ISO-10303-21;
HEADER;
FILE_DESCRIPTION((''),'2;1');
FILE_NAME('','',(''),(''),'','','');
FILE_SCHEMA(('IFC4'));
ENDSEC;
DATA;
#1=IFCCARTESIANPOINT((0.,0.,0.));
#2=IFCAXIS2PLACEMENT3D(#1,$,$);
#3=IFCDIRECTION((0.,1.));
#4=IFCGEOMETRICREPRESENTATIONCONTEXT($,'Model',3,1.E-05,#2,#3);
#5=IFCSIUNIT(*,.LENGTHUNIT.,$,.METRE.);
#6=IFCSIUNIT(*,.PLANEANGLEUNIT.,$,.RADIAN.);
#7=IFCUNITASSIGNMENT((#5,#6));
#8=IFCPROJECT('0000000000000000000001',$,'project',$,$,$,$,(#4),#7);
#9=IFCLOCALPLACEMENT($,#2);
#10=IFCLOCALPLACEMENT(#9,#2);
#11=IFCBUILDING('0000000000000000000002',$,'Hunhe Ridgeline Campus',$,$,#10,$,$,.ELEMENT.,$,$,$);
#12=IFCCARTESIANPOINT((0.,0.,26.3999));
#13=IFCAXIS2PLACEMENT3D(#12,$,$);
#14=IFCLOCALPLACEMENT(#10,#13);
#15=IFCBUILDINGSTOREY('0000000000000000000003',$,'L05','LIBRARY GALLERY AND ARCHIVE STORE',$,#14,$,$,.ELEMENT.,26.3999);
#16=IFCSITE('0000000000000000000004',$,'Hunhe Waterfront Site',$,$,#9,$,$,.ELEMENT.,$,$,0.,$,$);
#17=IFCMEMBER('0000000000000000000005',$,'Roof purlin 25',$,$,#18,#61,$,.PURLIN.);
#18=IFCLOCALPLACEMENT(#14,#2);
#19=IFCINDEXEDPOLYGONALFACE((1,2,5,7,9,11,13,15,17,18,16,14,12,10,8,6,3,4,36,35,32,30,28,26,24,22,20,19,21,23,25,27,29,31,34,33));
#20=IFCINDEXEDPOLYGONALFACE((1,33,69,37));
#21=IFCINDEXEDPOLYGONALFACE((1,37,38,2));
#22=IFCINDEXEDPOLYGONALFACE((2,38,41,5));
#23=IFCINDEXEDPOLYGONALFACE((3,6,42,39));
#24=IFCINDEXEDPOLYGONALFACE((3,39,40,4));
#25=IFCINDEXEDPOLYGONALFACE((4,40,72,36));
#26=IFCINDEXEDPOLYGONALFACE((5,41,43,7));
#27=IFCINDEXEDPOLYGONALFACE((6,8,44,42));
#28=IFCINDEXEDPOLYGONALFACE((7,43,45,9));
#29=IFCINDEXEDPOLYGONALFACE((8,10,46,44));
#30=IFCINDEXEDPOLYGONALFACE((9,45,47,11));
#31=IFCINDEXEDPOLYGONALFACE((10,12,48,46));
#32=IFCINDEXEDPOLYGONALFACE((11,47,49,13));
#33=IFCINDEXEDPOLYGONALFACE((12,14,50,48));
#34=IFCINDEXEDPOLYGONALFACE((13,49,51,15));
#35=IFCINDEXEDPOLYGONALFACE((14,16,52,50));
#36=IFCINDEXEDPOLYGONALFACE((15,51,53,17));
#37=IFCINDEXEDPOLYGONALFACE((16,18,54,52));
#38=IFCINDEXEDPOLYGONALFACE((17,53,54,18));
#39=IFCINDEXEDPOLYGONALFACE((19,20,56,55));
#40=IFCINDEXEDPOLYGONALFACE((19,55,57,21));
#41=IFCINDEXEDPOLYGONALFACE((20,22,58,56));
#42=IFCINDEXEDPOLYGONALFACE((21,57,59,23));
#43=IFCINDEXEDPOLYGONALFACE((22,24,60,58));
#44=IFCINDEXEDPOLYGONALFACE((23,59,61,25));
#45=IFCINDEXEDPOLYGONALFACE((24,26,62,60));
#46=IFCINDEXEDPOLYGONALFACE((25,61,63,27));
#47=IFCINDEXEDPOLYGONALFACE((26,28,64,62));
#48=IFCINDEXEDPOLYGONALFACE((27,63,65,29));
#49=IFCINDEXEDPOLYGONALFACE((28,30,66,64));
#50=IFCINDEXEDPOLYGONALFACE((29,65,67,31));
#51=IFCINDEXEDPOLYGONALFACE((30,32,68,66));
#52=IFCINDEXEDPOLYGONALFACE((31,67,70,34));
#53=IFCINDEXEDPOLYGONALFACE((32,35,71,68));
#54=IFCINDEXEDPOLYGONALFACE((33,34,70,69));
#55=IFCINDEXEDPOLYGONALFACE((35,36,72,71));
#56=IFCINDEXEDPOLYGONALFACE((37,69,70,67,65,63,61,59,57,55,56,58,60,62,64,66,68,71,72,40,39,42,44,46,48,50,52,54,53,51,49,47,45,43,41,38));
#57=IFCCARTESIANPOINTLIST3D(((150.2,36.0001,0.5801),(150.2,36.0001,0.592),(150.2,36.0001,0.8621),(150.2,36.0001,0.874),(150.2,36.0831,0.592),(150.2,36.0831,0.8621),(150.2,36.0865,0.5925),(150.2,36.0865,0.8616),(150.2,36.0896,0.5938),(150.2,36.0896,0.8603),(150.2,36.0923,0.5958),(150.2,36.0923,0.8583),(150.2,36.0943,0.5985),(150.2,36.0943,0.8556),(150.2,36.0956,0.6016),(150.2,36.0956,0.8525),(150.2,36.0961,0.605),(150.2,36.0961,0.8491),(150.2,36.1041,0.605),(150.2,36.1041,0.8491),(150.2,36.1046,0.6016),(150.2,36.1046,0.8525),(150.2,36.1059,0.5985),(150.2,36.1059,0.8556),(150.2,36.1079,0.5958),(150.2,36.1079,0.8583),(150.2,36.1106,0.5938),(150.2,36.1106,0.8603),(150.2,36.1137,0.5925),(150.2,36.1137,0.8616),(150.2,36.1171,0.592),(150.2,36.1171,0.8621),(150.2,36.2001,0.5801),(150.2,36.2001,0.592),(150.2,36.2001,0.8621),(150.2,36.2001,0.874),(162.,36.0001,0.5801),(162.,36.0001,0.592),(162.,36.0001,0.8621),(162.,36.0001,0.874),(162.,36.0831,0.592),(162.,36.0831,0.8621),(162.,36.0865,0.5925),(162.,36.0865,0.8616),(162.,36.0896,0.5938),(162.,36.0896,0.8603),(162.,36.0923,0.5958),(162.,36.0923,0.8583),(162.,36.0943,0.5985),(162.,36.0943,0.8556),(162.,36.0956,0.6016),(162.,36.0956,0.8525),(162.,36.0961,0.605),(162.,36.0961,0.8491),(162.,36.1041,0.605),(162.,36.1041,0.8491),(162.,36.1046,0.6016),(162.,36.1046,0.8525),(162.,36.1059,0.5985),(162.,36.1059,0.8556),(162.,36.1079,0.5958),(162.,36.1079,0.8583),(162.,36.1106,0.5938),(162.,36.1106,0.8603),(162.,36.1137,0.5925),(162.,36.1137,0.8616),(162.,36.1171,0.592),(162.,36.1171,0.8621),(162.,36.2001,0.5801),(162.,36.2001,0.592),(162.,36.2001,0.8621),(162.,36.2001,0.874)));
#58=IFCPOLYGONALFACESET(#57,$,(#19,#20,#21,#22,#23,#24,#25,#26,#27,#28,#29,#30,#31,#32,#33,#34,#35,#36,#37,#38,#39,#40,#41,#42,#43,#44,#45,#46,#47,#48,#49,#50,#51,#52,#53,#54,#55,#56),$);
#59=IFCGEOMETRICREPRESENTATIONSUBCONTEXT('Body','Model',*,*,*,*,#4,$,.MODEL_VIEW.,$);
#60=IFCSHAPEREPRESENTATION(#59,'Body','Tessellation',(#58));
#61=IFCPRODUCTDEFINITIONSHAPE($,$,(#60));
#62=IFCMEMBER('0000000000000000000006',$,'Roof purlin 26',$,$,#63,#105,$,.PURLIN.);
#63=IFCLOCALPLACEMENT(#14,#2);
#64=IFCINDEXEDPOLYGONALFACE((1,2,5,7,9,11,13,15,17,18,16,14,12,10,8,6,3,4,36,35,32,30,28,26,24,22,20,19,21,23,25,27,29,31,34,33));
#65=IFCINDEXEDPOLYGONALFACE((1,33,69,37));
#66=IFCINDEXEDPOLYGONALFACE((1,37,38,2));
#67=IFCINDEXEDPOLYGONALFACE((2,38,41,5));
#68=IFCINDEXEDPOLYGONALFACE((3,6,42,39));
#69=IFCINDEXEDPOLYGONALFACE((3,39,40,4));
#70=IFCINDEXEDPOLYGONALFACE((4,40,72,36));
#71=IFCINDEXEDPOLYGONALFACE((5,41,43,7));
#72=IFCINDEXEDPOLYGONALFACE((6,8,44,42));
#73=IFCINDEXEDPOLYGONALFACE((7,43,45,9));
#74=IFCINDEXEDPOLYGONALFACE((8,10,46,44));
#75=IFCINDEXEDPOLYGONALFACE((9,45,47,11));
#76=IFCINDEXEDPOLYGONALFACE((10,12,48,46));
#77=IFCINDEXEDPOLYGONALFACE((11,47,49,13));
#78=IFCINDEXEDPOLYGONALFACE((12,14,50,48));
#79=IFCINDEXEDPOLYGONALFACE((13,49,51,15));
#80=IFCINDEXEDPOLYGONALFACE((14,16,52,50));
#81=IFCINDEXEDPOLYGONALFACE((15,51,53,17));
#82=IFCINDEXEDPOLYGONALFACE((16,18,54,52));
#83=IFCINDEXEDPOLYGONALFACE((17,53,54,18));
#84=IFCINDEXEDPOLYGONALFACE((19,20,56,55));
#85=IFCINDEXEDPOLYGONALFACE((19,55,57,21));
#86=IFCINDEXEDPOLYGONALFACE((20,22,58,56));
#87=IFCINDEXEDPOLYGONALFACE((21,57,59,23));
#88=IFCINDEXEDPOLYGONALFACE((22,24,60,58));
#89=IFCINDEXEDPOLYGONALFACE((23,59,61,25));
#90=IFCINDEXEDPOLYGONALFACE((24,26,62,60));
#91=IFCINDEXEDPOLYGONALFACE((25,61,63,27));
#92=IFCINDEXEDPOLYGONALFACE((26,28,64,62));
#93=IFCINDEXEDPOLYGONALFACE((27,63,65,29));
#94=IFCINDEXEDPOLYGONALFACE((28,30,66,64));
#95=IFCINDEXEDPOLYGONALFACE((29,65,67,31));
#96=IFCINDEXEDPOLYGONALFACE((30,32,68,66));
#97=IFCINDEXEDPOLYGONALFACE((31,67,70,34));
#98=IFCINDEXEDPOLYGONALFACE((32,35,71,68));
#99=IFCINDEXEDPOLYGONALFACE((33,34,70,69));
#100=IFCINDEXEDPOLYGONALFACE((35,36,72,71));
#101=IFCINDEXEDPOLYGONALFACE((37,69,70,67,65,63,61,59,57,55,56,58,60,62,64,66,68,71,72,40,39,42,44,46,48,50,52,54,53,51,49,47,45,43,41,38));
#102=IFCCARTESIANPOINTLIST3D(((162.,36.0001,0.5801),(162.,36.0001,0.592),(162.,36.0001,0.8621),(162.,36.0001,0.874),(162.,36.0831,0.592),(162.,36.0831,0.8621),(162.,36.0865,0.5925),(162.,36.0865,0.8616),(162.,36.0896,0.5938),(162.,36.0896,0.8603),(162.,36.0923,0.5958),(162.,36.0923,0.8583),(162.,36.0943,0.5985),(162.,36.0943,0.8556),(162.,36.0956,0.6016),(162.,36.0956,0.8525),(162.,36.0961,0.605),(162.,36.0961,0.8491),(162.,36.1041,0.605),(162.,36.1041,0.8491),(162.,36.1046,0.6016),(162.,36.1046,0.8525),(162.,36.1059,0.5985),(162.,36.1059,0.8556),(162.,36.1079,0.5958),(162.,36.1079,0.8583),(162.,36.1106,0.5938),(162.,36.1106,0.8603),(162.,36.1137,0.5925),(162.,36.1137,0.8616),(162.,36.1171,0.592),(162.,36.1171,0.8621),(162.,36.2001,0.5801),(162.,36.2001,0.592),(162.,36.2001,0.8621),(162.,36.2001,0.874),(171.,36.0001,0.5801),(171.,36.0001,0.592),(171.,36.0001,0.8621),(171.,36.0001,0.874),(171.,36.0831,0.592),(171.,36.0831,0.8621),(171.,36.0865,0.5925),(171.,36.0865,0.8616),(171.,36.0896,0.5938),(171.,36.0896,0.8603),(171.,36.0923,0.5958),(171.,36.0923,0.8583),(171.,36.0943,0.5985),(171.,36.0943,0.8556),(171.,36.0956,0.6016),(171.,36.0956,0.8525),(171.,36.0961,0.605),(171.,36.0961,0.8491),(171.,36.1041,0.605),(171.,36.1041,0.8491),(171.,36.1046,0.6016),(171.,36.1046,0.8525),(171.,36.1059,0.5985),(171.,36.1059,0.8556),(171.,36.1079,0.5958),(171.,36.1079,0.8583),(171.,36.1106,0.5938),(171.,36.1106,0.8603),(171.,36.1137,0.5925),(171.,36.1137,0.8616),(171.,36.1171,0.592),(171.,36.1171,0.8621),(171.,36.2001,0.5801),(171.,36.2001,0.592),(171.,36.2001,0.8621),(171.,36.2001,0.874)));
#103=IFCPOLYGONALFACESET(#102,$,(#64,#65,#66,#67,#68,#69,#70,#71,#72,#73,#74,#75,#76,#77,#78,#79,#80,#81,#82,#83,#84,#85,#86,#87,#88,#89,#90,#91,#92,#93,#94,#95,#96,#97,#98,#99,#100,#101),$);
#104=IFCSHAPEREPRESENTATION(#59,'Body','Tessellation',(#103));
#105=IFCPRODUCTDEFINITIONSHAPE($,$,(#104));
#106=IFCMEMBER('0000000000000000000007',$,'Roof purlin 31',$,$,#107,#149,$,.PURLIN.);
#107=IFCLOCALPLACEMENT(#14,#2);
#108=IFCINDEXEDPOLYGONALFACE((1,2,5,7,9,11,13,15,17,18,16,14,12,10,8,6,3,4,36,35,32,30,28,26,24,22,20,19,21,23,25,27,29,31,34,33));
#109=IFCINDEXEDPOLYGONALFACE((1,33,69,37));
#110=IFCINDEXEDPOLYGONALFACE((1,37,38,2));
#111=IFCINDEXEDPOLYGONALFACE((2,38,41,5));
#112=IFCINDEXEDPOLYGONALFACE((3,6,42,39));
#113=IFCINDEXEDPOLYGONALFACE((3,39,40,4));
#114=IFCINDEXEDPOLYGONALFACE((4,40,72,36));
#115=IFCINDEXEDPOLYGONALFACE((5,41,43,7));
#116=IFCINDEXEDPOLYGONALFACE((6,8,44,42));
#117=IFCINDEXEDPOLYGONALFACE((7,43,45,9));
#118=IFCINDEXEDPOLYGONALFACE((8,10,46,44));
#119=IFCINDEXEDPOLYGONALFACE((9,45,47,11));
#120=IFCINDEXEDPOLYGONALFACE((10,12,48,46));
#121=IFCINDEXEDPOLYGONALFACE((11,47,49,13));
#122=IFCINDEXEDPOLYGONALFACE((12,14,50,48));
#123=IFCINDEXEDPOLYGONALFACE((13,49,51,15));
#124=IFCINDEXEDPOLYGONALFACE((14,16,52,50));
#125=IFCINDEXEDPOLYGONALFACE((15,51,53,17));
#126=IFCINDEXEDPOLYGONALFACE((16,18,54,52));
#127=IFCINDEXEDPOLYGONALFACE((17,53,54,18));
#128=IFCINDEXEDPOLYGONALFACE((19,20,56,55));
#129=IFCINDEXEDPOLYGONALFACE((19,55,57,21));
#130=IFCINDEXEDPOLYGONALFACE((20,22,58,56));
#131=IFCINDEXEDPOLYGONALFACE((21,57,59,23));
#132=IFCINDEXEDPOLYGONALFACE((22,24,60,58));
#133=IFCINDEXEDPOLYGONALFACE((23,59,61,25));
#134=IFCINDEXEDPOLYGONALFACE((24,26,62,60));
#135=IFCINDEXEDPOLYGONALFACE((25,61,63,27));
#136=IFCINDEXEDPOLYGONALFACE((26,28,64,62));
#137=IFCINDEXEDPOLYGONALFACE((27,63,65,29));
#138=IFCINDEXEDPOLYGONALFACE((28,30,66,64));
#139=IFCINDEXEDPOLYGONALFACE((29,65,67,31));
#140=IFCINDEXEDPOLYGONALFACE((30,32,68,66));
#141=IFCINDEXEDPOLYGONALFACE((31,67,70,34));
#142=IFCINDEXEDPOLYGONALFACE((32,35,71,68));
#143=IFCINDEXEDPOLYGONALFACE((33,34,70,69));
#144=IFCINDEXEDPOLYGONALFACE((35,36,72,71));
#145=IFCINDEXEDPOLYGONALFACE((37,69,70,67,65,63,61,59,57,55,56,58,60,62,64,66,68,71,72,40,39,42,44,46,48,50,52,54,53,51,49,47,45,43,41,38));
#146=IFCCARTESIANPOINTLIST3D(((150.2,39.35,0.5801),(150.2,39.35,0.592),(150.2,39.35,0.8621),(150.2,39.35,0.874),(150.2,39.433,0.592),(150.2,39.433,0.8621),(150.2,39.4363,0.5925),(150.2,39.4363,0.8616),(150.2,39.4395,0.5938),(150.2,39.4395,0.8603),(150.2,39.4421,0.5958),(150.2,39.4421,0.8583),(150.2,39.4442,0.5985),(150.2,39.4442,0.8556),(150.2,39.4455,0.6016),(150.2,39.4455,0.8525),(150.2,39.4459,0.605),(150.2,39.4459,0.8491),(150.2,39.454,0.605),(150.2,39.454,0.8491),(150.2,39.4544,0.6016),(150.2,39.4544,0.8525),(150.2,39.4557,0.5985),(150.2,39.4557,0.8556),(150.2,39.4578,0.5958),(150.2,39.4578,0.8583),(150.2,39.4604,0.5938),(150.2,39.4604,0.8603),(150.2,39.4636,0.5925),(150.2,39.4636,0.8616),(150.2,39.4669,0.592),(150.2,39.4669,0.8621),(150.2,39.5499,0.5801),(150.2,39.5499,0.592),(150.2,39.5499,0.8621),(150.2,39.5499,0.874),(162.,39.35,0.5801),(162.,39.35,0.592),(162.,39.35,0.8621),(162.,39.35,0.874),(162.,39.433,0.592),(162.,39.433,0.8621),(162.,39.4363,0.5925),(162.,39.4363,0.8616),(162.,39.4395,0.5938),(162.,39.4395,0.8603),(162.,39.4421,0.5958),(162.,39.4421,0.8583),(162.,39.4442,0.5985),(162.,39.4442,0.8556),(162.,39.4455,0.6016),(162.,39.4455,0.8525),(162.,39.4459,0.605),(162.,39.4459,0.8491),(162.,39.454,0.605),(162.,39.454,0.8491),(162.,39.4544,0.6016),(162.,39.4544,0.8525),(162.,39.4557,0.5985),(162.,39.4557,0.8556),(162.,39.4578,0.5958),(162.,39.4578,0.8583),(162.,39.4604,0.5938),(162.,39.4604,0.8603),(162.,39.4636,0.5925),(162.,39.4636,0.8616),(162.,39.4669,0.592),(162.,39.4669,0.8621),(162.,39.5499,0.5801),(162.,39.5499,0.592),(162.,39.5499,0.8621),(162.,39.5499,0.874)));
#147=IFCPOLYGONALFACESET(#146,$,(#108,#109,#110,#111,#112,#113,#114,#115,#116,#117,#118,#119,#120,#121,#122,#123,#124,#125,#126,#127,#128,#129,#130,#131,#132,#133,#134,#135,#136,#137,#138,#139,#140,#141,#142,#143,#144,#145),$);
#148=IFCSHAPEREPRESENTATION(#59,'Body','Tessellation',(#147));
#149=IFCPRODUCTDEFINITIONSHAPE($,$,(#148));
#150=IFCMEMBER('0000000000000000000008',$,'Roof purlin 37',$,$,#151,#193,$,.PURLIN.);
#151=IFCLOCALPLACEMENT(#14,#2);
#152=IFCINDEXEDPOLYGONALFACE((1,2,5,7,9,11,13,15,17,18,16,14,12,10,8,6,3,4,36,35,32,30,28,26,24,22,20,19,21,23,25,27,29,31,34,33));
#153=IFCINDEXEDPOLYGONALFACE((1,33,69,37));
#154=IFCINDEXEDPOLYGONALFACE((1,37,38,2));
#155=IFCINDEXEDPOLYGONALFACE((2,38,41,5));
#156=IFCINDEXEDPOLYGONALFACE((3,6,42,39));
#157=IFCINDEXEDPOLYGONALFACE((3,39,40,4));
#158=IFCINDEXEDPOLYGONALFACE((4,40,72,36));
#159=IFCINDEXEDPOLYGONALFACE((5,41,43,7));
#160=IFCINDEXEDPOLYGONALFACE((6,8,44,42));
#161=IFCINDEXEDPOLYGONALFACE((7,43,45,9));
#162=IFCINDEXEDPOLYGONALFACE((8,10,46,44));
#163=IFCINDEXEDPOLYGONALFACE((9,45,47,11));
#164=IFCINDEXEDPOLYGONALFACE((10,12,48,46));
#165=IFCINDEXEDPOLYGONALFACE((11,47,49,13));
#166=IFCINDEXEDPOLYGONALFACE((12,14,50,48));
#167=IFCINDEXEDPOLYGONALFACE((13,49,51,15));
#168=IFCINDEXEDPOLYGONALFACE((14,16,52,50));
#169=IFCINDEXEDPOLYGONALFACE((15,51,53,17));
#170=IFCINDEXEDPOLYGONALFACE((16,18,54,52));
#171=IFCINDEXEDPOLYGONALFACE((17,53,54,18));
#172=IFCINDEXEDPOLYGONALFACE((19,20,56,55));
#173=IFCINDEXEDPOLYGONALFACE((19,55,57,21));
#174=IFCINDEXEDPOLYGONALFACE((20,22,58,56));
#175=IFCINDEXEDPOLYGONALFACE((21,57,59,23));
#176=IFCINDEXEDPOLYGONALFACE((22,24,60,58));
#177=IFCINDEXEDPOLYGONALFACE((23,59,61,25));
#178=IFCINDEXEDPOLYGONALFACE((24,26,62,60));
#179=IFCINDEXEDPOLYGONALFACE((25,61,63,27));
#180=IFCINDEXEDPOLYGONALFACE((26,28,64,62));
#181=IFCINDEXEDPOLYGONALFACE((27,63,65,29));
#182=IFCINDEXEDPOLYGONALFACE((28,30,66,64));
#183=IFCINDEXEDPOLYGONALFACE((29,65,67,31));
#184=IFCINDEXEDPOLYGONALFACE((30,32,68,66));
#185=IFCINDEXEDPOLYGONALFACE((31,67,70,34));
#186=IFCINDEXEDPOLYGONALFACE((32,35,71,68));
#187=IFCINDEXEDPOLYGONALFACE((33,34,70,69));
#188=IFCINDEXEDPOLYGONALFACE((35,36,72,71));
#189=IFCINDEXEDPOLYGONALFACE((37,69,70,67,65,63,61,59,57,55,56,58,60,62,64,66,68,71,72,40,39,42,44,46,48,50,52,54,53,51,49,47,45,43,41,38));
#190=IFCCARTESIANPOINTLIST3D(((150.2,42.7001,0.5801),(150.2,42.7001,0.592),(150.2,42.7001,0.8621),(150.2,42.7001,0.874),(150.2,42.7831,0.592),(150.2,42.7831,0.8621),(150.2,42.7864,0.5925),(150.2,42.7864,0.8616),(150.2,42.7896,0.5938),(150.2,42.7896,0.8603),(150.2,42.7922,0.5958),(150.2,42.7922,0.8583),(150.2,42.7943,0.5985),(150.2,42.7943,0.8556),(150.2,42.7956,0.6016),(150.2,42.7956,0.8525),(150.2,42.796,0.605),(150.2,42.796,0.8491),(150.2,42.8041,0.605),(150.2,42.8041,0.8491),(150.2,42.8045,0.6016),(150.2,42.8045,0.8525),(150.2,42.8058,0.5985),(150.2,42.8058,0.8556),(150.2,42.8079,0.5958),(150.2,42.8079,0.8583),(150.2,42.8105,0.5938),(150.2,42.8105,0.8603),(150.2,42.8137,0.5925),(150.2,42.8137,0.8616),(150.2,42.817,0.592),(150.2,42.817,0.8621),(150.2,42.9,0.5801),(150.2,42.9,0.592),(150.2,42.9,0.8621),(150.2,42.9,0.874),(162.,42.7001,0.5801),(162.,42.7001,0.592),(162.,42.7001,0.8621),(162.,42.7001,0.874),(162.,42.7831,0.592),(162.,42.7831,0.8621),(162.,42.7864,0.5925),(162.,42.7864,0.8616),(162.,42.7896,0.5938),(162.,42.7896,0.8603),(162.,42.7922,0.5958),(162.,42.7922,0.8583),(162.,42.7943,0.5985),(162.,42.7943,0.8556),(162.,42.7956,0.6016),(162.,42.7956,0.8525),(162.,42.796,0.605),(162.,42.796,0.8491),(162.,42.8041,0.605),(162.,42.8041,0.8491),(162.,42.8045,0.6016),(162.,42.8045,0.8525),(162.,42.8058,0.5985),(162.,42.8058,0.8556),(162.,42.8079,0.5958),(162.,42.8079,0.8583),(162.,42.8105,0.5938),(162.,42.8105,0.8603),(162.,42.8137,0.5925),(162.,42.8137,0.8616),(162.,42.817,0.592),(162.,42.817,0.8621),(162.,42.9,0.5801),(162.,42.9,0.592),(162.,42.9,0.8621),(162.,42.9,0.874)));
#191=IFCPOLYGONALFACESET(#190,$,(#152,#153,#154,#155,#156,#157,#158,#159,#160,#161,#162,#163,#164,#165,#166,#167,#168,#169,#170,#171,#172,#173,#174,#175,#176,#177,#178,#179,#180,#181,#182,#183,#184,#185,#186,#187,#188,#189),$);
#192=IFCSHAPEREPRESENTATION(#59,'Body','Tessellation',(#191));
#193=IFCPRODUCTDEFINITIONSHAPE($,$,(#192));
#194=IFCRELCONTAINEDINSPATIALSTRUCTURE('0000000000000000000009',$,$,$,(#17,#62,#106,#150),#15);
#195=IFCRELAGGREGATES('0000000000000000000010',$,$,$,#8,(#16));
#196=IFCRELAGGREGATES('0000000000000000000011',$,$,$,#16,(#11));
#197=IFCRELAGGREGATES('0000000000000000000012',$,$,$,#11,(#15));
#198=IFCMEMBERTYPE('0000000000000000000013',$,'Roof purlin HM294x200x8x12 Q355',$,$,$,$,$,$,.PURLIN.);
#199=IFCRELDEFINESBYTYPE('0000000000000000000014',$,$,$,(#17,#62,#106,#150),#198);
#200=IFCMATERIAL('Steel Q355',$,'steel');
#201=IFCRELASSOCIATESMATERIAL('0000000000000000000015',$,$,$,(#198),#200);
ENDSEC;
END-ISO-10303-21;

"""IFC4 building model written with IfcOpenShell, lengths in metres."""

from ifc_helpers import new_model, si_unit, direction, frame, origin, origin_2d, place, context, subcontext, project, spatial, i_section, extrude, material, material_profile, profile_set, type_object, element, save


model = new_model("IFC4")

# Units and contexts
model_context = context("Model", 3, precision=1e-05, world=origin(), true_north=direction((0.0, 1.0)))
body_context = subcontext(model_context, "Body", "Model", "MODEL_VIEW")
ifc_project = project(units=[si_unit("LENGTHUNIT", "METRE"), si_unit("PLANEANGLEUNIT", "RADIAN")], contexts=[model_context])

# Site, building, storey
site_placement = place(None, origin())
site = spatial("IfcSite", under=ifc_project, at=site_placement, Name="Hunhe Waterfront Site", CompositionType="ELEMENT", RefElevation=0.0)
building_placement = place(site_placement, origin())
building = spatial("IfcBuilding", under=site, at=building_placement, Name="Hunhe Ridgeline Campus", CompositionType="ELEMENT")
storey_placement = place(building_placement, frame((0.0, 0.0, 26.3999)))
storey = spatial("IfcBuildingStorey", under=building, at=storey_placement, Name="L05", Description="LIBRARY GALLERY AND ARCHIVE STORE", CompositionType="ELEMENT", Elevation=26.3999)

# Members
ifc_material = material(Name="Steel Q355", Category="steel")
ifc_material_profile_1 = material_profile(ifc_material, i_section(OverallWidth=0.2, OverallDepth=0.2939, WebThickness=0.0081, FlangeThickness=0.012, FilletRadius=0.0129, at=origin_2d()))
ifc_profile_set_1 = profile_set([ifc_material_profile_1], Name="Steel Q355")
member_type_1 = type_object("IfcMemberType", Name="Roof purlin HM294x200x8x12 Q355", PredefinedType="PURLIN", material=ifc_profile_set_1)
member_1_placement = place(storey_placement, frame((150.2, 36.1001, 0.7271), z_axis=(1.0, 0.0, 0.0), x_axis=(0.0, 1.0, 0.0)))
element("IfcMember", 1, at=member_1_placement, inside=storey, type_object=member_type_1, Name="Roof purlin 25", PredefinedType="PURLIN", context=body_context, shape_type="SweptSolid", body=[
    extrude(i_section(OverallWidth=0.2, OverallDepth=0.2939, WebThickness=0.0081, FlangeThickness=0.012, FilletRadius=0.0129, at=origin_2d()), origin(), (0.0, 0.0, 1.0), 11.8),
])
member_2_placement = place(storey_placement, frame((162.0, 36.1001, 0.7271), z_axis=(1.0, 0.0, 0.0), x_axis=(0.0, 1.0, 0.0)))
element("IfcMember", 2, at=member_2_placement, inside=storey, type_object=member_type_1, Name="Roof purlin 26", PredefinedType="PURLIN", context=body_context, shape_type="SweptSolid", body=[
    extrude(i_section(OverallWidth=0.2, OverallDepth=0.2939, WebThickness=0.0081, FlangeThickness=0.012, FilletRadius=0.0129, at=origin_2d()), origin(), (0.0, 0.0, 1.0), 9.0),
])
for number, where, z_axis, x_axis, name in (
    (3, (150.2, 39.45, 0.7271), (1.0, 0.0, 0.0), (0.0, 1.0, 0.0), "Roof purlin 31"),
    (4, (150.2, 42.8, 0.7271), (1.0, 0.0, 0.0), (0.0, 1.0, 0.0), "Roof purlin 37"),
):
    element("IfcMember", number, at=place(storey_placement, frame(where, z_axis=z_axis, x_axis=x_axis)), inside=storey, type_object=member_type_1, Name=name, PredefinedType="PURLIN", context=body_context, shape_type="SweptSolid", body=[
        extrude(i_section(OverallWidth=0.2, OverallDepth=0.2939, WebThickness=0.0081, FlangeThickness=0.012, FilletRadius=0.0129, at=origin_2d()), origin(), (0.0, 0.0, 1.0), 11.8),
    ])

save(model, "model.ifc")
